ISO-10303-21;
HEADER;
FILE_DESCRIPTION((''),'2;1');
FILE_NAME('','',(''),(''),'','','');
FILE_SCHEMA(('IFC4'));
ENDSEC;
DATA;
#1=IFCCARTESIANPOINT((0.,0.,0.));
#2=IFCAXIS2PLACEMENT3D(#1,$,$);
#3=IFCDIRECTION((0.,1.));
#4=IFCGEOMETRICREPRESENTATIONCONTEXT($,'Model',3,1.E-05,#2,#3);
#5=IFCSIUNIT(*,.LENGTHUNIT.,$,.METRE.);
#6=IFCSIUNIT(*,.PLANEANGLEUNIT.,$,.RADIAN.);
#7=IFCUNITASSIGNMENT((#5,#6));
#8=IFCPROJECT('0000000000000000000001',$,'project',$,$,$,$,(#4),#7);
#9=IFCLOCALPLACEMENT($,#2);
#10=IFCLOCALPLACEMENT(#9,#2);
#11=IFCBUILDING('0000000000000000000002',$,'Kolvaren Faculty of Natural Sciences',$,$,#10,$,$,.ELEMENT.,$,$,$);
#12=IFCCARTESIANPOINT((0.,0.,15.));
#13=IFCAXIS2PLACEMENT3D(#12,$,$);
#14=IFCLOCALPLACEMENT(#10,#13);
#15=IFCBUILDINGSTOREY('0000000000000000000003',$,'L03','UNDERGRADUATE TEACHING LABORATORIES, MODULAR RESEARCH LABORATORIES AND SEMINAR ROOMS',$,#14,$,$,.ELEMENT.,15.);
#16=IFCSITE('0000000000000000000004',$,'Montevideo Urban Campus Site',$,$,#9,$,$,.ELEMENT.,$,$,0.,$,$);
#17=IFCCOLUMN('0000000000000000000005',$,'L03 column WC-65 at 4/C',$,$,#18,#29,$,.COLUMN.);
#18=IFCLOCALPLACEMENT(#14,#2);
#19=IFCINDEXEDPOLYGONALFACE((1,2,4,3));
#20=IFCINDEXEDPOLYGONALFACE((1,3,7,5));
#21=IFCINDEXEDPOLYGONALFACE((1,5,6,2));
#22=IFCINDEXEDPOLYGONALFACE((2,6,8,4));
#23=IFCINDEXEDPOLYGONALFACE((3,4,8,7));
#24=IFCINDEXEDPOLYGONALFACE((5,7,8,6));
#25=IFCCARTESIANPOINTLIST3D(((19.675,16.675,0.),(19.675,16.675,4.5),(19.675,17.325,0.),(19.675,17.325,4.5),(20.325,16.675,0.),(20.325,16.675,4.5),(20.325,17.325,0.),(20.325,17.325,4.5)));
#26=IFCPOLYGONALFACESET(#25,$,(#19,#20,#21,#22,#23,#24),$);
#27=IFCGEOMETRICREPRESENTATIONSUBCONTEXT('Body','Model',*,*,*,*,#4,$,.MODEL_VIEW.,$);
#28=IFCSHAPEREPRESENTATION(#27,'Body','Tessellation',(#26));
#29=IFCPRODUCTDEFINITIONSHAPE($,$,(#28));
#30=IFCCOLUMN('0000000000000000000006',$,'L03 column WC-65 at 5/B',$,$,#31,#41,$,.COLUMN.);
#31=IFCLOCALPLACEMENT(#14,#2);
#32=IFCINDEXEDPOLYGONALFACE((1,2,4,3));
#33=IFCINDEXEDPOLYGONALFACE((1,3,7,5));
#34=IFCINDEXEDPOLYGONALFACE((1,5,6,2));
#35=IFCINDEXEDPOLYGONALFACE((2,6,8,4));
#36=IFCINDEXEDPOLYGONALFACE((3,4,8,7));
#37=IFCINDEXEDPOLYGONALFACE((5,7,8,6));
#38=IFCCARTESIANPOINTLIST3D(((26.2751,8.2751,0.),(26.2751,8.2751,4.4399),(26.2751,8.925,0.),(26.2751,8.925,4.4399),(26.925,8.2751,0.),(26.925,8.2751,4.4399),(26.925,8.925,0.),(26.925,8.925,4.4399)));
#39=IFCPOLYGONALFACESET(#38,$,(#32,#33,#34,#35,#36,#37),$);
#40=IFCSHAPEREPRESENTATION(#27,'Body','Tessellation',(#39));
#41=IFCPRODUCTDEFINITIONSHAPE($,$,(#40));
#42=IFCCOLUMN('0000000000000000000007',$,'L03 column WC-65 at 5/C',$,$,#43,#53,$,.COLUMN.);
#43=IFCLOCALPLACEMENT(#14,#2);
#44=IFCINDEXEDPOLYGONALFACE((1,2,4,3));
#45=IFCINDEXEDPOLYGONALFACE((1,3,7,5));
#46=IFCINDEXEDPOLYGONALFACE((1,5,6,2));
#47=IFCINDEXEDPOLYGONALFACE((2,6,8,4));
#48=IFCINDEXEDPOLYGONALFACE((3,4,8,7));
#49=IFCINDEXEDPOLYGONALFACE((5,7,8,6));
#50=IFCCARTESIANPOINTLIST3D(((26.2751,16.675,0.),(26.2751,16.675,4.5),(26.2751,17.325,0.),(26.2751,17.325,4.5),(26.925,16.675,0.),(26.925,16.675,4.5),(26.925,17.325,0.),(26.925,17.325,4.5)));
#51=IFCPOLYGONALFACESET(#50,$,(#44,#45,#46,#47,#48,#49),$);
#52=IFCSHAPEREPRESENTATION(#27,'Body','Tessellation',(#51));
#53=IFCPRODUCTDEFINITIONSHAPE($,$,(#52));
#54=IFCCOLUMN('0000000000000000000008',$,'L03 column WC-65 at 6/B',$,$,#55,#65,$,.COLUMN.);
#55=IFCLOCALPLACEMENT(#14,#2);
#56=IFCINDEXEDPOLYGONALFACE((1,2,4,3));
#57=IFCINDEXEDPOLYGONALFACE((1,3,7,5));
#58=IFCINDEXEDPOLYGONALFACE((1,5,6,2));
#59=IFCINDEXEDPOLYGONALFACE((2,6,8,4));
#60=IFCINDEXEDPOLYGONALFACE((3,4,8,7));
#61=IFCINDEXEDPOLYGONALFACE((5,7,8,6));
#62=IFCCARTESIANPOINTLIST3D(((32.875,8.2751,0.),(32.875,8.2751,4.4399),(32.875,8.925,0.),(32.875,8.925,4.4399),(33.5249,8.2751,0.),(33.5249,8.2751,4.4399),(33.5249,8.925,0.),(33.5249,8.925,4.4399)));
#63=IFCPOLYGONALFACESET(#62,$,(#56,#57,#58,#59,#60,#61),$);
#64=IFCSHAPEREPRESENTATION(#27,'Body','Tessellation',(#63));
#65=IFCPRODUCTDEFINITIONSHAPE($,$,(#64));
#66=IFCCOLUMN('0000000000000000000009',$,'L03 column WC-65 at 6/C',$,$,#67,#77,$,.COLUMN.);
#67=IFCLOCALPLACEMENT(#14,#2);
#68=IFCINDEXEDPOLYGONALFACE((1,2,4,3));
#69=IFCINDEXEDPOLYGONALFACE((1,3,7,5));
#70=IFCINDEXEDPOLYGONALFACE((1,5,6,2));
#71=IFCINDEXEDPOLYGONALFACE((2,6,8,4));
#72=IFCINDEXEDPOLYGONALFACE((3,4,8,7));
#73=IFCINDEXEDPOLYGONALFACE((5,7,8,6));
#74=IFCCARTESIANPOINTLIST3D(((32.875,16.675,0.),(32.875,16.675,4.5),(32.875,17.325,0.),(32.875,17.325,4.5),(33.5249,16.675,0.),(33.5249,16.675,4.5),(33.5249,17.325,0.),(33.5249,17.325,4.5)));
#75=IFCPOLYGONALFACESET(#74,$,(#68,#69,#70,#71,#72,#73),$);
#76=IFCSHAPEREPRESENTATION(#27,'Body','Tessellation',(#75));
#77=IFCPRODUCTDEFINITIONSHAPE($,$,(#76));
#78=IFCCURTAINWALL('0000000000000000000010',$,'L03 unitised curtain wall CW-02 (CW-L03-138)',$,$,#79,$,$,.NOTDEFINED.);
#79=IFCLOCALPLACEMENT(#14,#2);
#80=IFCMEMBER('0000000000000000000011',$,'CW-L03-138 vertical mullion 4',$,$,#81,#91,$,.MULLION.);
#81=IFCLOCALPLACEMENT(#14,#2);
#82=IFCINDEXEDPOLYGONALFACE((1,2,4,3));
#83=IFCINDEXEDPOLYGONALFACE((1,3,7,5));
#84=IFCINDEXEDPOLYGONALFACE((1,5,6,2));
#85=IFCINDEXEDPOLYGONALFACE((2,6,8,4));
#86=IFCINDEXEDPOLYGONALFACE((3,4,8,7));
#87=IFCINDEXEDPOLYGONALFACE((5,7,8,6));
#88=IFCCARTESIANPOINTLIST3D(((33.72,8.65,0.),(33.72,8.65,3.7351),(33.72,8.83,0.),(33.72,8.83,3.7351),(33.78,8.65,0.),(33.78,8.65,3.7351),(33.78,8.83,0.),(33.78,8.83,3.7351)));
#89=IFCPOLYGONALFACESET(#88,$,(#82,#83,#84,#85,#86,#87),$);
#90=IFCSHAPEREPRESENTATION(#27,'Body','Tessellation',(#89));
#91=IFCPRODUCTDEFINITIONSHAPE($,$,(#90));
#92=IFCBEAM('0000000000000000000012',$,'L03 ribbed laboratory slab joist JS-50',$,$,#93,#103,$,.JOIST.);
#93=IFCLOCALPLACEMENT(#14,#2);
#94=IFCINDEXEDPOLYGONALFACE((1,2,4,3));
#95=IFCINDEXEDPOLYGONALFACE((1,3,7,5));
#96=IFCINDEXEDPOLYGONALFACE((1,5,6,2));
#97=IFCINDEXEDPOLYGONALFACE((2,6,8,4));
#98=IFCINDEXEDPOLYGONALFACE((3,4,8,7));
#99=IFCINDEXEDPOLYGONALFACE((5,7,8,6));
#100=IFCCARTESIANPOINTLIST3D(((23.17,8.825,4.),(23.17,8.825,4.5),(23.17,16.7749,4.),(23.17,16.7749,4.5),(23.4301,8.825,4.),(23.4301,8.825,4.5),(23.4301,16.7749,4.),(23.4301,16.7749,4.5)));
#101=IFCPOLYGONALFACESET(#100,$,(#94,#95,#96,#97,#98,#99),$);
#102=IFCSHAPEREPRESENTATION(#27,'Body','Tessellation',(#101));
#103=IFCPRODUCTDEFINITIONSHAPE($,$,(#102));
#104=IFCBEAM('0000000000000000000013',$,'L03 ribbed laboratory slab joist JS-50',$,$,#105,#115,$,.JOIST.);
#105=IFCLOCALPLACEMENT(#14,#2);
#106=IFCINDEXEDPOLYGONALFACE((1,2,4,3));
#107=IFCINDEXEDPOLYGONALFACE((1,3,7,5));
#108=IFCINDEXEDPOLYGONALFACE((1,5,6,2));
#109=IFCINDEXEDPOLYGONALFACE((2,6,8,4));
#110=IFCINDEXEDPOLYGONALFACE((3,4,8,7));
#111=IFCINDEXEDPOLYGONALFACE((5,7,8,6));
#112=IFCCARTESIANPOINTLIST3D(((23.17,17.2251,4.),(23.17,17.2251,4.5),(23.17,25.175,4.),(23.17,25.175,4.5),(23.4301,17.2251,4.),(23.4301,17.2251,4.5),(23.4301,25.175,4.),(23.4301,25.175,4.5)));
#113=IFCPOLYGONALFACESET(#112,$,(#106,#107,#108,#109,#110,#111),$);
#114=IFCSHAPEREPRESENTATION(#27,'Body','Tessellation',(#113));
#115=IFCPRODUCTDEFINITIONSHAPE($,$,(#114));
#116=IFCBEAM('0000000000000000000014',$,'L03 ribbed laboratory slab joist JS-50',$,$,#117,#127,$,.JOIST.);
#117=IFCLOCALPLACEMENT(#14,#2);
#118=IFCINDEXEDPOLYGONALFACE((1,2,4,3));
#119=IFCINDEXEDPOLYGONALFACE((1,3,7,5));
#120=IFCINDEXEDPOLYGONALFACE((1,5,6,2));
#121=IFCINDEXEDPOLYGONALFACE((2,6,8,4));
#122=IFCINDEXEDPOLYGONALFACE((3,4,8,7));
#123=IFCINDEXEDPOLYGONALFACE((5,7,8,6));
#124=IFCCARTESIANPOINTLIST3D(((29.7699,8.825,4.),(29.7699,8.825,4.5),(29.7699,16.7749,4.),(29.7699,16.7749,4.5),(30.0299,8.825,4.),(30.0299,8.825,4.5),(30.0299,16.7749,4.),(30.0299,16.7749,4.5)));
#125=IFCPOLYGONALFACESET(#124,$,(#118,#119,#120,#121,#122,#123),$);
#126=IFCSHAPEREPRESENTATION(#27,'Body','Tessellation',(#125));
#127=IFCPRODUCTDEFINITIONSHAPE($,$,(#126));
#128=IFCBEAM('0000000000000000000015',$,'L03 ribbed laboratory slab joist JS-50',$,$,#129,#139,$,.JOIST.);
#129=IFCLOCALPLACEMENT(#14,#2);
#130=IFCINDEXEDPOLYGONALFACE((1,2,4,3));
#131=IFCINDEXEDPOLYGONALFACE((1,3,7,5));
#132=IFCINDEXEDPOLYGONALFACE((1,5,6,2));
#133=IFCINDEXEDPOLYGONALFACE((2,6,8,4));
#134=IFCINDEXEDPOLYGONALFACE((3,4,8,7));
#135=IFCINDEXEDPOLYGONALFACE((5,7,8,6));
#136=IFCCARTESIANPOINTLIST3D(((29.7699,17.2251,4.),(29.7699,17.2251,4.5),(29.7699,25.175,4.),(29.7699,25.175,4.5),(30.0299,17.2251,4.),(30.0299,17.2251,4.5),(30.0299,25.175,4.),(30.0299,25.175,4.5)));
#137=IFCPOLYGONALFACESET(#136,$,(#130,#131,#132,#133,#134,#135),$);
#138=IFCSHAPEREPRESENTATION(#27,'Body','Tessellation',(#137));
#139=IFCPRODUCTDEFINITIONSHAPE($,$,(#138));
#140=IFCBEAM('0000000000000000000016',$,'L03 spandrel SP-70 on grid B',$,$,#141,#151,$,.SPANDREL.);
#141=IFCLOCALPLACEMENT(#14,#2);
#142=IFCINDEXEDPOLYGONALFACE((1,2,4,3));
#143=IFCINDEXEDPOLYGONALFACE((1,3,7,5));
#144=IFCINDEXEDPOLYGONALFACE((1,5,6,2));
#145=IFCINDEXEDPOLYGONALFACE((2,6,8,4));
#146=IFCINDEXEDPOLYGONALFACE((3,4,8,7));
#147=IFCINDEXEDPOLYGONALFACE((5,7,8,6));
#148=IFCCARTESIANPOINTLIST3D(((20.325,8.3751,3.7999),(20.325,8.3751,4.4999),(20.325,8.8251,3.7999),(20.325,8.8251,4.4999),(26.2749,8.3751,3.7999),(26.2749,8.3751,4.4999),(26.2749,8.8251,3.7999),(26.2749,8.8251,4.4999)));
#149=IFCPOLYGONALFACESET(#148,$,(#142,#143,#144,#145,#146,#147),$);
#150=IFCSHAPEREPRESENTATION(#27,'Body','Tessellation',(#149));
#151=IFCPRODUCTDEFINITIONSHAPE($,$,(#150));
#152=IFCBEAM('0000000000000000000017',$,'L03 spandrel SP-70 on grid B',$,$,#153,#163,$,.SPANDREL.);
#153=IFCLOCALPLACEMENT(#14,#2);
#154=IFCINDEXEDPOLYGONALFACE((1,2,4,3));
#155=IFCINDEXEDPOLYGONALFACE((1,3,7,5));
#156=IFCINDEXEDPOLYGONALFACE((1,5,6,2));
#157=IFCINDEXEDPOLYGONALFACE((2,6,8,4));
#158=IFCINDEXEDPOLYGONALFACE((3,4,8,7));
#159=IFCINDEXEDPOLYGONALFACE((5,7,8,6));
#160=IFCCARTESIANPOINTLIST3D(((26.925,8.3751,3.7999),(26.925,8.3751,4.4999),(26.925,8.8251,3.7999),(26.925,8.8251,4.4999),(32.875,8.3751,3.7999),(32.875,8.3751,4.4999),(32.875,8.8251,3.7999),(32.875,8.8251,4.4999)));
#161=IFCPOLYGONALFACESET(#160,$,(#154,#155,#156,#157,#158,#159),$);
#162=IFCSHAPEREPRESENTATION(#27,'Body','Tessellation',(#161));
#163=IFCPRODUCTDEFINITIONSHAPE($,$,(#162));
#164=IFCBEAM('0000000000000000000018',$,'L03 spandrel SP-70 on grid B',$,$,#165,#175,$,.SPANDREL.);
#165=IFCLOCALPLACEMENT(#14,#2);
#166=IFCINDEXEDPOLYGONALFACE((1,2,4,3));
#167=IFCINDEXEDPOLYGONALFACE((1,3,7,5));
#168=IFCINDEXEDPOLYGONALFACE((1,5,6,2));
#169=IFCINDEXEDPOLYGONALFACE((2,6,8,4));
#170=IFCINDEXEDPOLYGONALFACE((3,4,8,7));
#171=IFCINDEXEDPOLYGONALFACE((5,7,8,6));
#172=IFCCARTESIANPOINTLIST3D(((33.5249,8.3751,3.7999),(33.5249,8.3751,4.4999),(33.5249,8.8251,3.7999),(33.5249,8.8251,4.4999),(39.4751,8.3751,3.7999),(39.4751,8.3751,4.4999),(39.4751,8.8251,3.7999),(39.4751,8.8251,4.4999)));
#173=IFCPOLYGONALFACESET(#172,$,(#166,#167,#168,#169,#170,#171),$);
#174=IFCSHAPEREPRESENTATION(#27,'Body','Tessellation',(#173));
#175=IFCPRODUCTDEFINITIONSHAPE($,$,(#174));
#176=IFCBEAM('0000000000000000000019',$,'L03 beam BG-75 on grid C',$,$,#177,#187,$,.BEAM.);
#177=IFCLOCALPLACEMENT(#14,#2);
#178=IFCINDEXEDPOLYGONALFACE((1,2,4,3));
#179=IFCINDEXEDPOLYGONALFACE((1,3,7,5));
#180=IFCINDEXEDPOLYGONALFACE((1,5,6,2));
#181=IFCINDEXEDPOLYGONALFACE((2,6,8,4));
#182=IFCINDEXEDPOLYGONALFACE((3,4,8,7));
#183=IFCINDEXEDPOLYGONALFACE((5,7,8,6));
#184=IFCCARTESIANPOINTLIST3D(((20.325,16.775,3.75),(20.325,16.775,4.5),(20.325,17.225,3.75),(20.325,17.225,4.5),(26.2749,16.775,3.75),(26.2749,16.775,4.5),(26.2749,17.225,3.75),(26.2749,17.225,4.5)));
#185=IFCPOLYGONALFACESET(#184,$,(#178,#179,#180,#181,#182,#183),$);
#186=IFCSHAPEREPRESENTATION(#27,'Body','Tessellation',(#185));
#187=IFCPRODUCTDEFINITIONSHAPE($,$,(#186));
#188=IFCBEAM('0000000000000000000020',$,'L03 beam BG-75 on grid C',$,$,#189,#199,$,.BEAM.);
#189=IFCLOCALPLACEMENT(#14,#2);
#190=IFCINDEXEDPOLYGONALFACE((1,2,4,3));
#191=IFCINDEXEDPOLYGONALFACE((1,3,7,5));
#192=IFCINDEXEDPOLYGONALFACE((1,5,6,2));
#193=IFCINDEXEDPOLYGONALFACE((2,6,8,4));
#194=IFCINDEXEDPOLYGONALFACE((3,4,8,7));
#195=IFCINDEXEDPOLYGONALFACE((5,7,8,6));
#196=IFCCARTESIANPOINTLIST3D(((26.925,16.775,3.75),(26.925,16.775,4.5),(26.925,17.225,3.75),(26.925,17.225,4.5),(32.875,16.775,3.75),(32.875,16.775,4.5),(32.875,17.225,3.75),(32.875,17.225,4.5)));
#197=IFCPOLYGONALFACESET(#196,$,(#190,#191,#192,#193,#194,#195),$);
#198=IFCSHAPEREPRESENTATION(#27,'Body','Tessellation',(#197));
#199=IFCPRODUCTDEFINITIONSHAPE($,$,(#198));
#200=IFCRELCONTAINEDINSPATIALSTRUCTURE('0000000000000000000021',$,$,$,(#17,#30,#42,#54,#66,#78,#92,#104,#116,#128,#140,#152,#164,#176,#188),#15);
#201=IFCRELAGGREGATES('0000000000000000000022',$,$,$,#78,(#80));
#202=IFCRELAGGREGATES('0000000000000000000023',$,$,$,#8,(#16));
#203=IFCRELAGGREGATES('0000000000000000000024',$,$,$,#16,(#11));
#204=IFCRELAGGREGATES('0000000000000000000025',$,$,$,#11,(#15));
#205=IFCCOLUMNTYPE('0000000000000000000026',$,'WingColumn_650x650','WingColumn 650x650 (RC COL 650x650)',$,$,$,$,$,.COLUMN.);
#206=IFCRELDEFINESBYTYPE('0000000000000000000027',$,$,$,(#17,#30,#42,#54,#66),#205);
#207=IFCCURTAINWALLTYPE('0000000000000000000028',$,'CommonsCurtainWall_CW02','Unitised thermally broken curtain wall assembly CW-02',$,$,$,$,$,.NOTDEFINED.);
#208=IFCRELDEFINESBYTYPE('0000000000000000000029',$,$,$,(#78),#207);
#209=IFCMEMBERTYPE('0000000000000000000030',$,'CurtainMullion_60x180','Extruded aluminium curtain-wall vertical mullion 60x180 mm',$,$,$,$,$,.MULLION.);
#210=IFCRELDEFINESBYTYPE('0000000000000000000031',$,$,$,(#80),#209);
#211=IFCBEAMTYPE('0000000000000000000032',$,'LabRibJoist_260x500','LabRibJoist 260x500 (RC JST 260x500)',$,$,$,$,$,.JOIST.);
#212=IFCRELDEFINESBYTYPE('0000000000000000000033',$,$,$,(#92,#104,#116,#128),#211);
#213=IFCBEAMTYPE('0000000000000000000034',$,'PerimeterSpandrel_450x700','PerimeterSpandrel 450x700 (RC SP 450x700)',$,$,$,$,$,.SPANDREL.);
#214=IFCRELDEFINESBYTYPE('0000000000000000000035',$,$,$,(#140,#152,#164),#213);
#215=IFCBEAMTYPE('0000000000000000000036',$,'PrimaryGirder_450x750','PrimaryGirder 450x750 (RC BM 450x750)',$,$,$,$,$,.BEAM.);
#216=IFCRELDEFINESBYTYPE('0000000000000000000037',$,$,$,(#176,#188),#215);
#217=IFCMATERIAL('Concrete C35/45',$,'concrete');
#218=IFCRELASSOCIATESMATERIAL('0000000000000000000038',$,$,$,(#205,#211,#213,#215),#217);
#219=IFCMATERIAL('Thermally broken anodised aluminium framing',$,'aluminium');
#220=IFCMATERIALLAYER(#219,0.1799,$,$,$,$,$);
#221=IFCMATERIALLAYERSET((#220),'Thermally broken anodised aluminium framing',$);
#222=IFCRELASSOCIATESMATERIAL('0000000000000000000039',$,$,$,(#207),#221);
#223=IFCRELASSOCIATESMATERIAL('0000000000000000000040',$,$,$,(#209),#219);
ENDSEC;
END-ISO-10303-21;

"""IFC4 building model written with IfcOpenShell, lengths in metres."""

from ifc_helpers import new_model, si_unit, direction, frame, origin, origin_2d, place, context, subcontext, project, spatial, rectangle, extrude, material, layer, layer_set, material_profile, profile_set, type_object, element, aggregate, save


model = new_model("IFC4")

# Units and contexts
model_context = context("Model", 3, precision=1e-05, world=origin(), true_north=direction((0.0, 1.0)))
body_context = subcontext(model_context, "Body", "Model", "MODEL_VIEW")
ifc_project = project(units=[si_unit("LENGTHUNIT", "METRE"), si_unit("PLANEANGLEUNIT", "RADIAN")], contexts=[model_context])

# Site, building, storey
site_placement = place(None, origin())
site = spatial("IfcSite", under=ifc_project, at=site_placement, Name="Montevideo Urban Campus Site", CompositionType="ELEMENT", RefElevation=0.0)
building_placement = place(site_placement, origin())
building = spatial("IfcBuilding", under=site, at=building_placement, Name="Kolvaren Faculty of Natural Sciences", CompositionType="ELEMENT")
storey_placement = place(building_placement, frame((0.0, 0.0, 15.0)))
storey = spatial("IfcBuildingStorey", under=building, at=storey_placement, Name="L03", Description="UNDERGRADUATE TEACHING LABORATORIES, MODULAR RESEARCH LABORATORIES AND SEMINAR ROOMS", CompositionType="ELEMENT", Elevation=15.0)

# Columns
ifc_material_1 = material(Name="Concrete C35/45", Category="concrete")
ifc_material_profile_1 = material_profile(ifc_material_1, rectangle(XDim=0.6499, YDim=0.6499, at=origin_2d()), Name="RC COL 650x650")
ifc_profile_set_1 = profile_set([ifc_material_profile_1], Name="Concrete C35/45")
column_type = type_object("IfcColumnType", Name="WingColumn_650x650", Description="WingColumn 650x650 (RC COL 650x650)", PredefinedType="COLUMN", material=ifc_profile_set_1)
column_1_placement = place(storey_placement, frame((20.0, 17.0, 0.0), z_axis=(0.0, 0.0, 1.0), x_axis=(1.0, 0.0, 0.0)))
element("IfcColumn", 1, at=column_1_placement, inside=storey, type_object=column_type, Name="L03 column WC-65 at 4/C", PredefinedType="COLUMN", context=body_context, shape_type="SweptSolid", body=[
    extrude(rectangle(XDim=0.6499, YDim=0.6499, at=origin_2d()), origin(), (0.0, 0.0, 1.0), 4.5),
])
column_2_placement = place(storey_placement, frame((26.6001, 8.6001, 0.0), z_axis=(0.0, 0.0, 1.0), x_axis=(1.0, 0.0, 0.0)))
element("IfcColumn", 2, at=column_2_placement, inside=storey, type_object=column_type, Name="L03 column WC-65 at 5/B", PredefinedType="COLUMN", context=body_context, shape_type="SweptSolid", body=[
    extrude(rectangle(XDim=0.6499, YDim=0.6499, at=origin_2d()), origin(), (0.0, 0.0, 1.0), 4.4399),
])
column_3_placement = place(storey_placement, frame((26.6001, 17.0, 0.0), z_axis=(0.0, 0.0, 1.0), x_axis=(1.0, 0.0, 0.0)))
element("IfcColumn", 3, at=column_3_placement, inside=storey, type_object=column_type, Name="L03 column WC-65 at 5/C", PredefinedType="COLUMN", context=body_context, shape_type="SweptSolid", body=[
    extrude(rectangle(XDim=0.6499, YDim=0.6499, at=origin_2d()), origin(), (0.0, 0.0, 1.0), 4.5),
])
column_4_placement = place(storey_placement, frame((33.2, 8.6001, 0.0), z_axis=(0.0, 0.0, 1.0), x_axis=(1.0, 0.0, 0.0)))
element("IfcColumn", 4, at=column_4_placement, inside=storey, type_object=column_type, Name="L03 column WC-65 at 6/B", PredefinedType="COLUMN", context=body_context, shape_type="SweptSolid", body=[
    extrude(rectangle(XDim=0.6499, YDim=0.6499, at=origin_2d()), origin(), (0.0, 0.0, 1.0), 4.4399),
])
column_5_placement = place(storey_placement, frame((33.2, 17.0, 0.0), z_axis=(0.0, 0.0, 1.0), x_axis=(1.0, 0.0, 0.0)))
element("IfcColumn", 5, at=column_5_placement, inside=storey, type_object=column_type, Name="L03 column WC-65 at 6/C", PredefinedType="COLUMN", context=body_context, shape_type="SweptSolid", body=[
    extrude(rectangle(XDim=0.6499, YDim=0.6499, at=origin_2d()), origin(), (0.0, 0.0, 1.0), 4.5),
])

# Curtain wall, member
ifc_material_2 = material(Name="Thermally broken anodised aluminium framing", Category="aluminium")
ifc_layer_1 = layer(ifc_material_2, 0.1799)
ifc_layer_set_1 = layer_set([ifc_layer_1], Name="Thermally broken anodised aluminium framing")
curtain_wall_type = type_object("IfcCurtainWallType", Name="CommonsCurtainWall_CW02", Description="Unitised thermally broken curtain wall assembly CW-02", PredefinedType="NOTDEFINED", material=ifc_layer_set_1)
curtain_wall_placement = place(storey_placement, origin())
curtain_wall = element("IfcCurtainWall", 6, at=curtain_wall_placement, inside=storey, type_object=curtain_wall_type, Name="L03 unitised curtain wall CW-02 (CW-L03-138)", PredefinedType="NOTDEFINED")
ifc_material_profile_2 = material_profile(ifc_material_2, rectangle(XDim=0.0601, YDim=0.1799, at=origin_2d()), Name="ALU MUL 60x180")
ifc_profile_set_2 = profile_set([ifc_material_profile_2], Name="Thermally broken anodised aluminium framing")
member_type = type_object("IfcMemberType", Name="CurtainMullion_60x180", Description="Extruded aluminium curtain-wall vertical mullion 60x180 mm", PredefinedType="MULLION", material=ifc_profile_set_2)
member_placement = place(storey_placement, frame((33.75, 8.74, 0.0), z_axis=(0.0, 0.0, 1.0), x_axis=(-1.0, 0.0, 0.0)))
member = element("IfcMember", 7, at=member_placement, type_object=member_type, Name="CW-L03-138 vertical mullion 4", PredefinedType="MULLION", context=body_context, shape_type="SweptSolid", body=[
    extrude(rectangle(XDim=0.0601, YDim=0.1799, at=origin_2d()), origin(), (0.0, 0.0, 1.0), 3.7351),
])
aggregate(curtain_wall, [member])

# Beams
ifc_material_profile_3 = material_profile(ifc_material_1, rectangle(XDim=0.26, YDim=0.5, at=origin_2d()), Name="RC JST 260x500")
ifc_profile_set_3 = profile_set([ifc_material_profile_3], Name="Concrete C35/45")
beam_type_1 = type_object("IfcBeamType", Name="LabRibJoist_260x500", Description="LabRibJoist 260x500 (RC JST 260x500)", PredefinedType="JOIST", material=ifc_profile_set_3)
for number, where, z_axis, x_axis, name in (
    (8, (23.3, 8.825, 4.25), (0.0, 1.0, 0.0), (-1.0, 0.0, 0.0), "L03 ribbed laboratory slab joist JS-50"),
    (9, (23.3, 17.2251, 4.25), (0.0, 1.0, 0.0), (-1.0, 0.0, 0.0), "L03 ribbed laboratory slab joist JS-50"),
    (10, (29.8999, 8.825, 4.25), (0.0, 1.0, 0.0), (-1.0, 0.0, 0.0), "L03 ribbed laboratory slab joist JS-50"),
    (11, (29.8999, 17.2251, 4.25), (0.0, 1.0, 0.0), (-1.0, 0.0, 0.0), "L03 ribbed laboratory slab joist JS-50"),
):
    element("IfcBeam", number, at=place(storey_placement, frame(where, z_axis=z_axis, x_axis=x_axis)), inside=storey, type_object=beam_type_1, Name=name, PredefinedType="JOIST", context=body_context, shape_type="SweptSolid", body=[
        extrude(rectangle(XDim=0.26, YDim=0.5, at=origin_2d()), origin(), (0.0, 0.0, 1.0), 7.95),
    ])
ifc_material_profile_4 = material_profile(ifc_material_1, rectangle(XDim=0.45, YDim=0.7, at=origin_2d()), Name="RC SP 450x700")
ifc_profile_set_4 = profile_set([ifc_material_profile_4], Name="Concrete C35/45")
beam_type_2 = type_object("IfcBeamType", Name="PerimeterSpandrel_450x700", Description="PerimeterSpandrel 450x700 (RC SP 450x700)", PredefinedType="SPANDREL", material=ifc_profile_set_4)
for number, where, z_axis, x_axis, name in (
    (12, (20.325, 8.6001, 4.1499), (1.0, 0.0, 0.0), (0.0, 1.0, 0.0), "L03 spandrel SP-70 on grid B"),
    (13, (26.925, 8.6001, 4.1499), (1.0, 0.0, 0.0), (0.0, 1.0, 0.0), "L03 spandrel SP-70 on grid B"),
):
    element("IfcBeam", number, at=place(storey_placement, frame(where, z_axis=z_axis, x_axis=x_axis)), inside=storey, type_object=beam_type_2, Name=name, PredefinedType="SPANDREL", context=body_context, shape_type="SweptSolid", body=[
        extrude(rectangle(XDim=0.45, YDim=0.7, at=origin_2d()), origin(), (0.0, 0.0, 1.0), 5.95),
    ])
beam_1_placement = place(storey_placement, frame((33.5249, 8.6001, 4.1499), z_axis=(1.0, 0.0, 0.0), x_axis=(0.0, 1.0, 0.0)))
element("IfcBeam", 14, at=beam_1_placement, inside=storey, type_object=beam_type_2, Name="L03 spandrel SP-70 on grid B", PredefinedType="SPANDREL", context=body_context, shape_type="SweptSolid", body=[
    extrude(rectangle(XDim=0.45, YDim=0.7, at=origin_2d()), origin(), (0.0, 0.0, 1.0), 5.9502),
])
ifc_material_profile_5 = material_profile(ifc_material_1, rectangle(XDim=0.45, YDim=0.75, at=origin_2d()), Name="RC BM 450x750")
ifc_profile_set_5 = profile_set([ifc_material_profile_5], Name="Concrete C35/45")
beam_type_3 = type_object("IfcBeamType", Name="PrimaryGirder_450x750", Description="PrimaryGirder 450x750 (RC BM 450x750)", PredefinedType="BEAM", material=ifc_profile_set_5)
for number, where, z_axis, x_axis, name in (
    (15, (20.325, 17.0, 4.125), (1.0, 0.0, 0.0), (0.0, 1.0, 0.0), "L03 beam BG-75 on grid C"),
    (16, (26.925, 17.0, 4.125), (1.0, 0.0, 0.0), (0.0, 1.0, 0.0), "L03 beam BG-75 on grid C"),
):
    element("IfcBeam", number, at=place(storey_placement, frame(where, z_axis=z_axis, x_axis=x_axis)), inside=storey, type_object=beam_type_3, Name=name, PredefinedType="BEAM", context=body_context, shape_type="SweptSolid", body=[
        extrude(rectangle(XDim=0.45, YDim=0.75, at=origin_2d()), origin(), (0.0, 0.0, 1.0), 5.95),
    ])

save(model, "model.ifc")
